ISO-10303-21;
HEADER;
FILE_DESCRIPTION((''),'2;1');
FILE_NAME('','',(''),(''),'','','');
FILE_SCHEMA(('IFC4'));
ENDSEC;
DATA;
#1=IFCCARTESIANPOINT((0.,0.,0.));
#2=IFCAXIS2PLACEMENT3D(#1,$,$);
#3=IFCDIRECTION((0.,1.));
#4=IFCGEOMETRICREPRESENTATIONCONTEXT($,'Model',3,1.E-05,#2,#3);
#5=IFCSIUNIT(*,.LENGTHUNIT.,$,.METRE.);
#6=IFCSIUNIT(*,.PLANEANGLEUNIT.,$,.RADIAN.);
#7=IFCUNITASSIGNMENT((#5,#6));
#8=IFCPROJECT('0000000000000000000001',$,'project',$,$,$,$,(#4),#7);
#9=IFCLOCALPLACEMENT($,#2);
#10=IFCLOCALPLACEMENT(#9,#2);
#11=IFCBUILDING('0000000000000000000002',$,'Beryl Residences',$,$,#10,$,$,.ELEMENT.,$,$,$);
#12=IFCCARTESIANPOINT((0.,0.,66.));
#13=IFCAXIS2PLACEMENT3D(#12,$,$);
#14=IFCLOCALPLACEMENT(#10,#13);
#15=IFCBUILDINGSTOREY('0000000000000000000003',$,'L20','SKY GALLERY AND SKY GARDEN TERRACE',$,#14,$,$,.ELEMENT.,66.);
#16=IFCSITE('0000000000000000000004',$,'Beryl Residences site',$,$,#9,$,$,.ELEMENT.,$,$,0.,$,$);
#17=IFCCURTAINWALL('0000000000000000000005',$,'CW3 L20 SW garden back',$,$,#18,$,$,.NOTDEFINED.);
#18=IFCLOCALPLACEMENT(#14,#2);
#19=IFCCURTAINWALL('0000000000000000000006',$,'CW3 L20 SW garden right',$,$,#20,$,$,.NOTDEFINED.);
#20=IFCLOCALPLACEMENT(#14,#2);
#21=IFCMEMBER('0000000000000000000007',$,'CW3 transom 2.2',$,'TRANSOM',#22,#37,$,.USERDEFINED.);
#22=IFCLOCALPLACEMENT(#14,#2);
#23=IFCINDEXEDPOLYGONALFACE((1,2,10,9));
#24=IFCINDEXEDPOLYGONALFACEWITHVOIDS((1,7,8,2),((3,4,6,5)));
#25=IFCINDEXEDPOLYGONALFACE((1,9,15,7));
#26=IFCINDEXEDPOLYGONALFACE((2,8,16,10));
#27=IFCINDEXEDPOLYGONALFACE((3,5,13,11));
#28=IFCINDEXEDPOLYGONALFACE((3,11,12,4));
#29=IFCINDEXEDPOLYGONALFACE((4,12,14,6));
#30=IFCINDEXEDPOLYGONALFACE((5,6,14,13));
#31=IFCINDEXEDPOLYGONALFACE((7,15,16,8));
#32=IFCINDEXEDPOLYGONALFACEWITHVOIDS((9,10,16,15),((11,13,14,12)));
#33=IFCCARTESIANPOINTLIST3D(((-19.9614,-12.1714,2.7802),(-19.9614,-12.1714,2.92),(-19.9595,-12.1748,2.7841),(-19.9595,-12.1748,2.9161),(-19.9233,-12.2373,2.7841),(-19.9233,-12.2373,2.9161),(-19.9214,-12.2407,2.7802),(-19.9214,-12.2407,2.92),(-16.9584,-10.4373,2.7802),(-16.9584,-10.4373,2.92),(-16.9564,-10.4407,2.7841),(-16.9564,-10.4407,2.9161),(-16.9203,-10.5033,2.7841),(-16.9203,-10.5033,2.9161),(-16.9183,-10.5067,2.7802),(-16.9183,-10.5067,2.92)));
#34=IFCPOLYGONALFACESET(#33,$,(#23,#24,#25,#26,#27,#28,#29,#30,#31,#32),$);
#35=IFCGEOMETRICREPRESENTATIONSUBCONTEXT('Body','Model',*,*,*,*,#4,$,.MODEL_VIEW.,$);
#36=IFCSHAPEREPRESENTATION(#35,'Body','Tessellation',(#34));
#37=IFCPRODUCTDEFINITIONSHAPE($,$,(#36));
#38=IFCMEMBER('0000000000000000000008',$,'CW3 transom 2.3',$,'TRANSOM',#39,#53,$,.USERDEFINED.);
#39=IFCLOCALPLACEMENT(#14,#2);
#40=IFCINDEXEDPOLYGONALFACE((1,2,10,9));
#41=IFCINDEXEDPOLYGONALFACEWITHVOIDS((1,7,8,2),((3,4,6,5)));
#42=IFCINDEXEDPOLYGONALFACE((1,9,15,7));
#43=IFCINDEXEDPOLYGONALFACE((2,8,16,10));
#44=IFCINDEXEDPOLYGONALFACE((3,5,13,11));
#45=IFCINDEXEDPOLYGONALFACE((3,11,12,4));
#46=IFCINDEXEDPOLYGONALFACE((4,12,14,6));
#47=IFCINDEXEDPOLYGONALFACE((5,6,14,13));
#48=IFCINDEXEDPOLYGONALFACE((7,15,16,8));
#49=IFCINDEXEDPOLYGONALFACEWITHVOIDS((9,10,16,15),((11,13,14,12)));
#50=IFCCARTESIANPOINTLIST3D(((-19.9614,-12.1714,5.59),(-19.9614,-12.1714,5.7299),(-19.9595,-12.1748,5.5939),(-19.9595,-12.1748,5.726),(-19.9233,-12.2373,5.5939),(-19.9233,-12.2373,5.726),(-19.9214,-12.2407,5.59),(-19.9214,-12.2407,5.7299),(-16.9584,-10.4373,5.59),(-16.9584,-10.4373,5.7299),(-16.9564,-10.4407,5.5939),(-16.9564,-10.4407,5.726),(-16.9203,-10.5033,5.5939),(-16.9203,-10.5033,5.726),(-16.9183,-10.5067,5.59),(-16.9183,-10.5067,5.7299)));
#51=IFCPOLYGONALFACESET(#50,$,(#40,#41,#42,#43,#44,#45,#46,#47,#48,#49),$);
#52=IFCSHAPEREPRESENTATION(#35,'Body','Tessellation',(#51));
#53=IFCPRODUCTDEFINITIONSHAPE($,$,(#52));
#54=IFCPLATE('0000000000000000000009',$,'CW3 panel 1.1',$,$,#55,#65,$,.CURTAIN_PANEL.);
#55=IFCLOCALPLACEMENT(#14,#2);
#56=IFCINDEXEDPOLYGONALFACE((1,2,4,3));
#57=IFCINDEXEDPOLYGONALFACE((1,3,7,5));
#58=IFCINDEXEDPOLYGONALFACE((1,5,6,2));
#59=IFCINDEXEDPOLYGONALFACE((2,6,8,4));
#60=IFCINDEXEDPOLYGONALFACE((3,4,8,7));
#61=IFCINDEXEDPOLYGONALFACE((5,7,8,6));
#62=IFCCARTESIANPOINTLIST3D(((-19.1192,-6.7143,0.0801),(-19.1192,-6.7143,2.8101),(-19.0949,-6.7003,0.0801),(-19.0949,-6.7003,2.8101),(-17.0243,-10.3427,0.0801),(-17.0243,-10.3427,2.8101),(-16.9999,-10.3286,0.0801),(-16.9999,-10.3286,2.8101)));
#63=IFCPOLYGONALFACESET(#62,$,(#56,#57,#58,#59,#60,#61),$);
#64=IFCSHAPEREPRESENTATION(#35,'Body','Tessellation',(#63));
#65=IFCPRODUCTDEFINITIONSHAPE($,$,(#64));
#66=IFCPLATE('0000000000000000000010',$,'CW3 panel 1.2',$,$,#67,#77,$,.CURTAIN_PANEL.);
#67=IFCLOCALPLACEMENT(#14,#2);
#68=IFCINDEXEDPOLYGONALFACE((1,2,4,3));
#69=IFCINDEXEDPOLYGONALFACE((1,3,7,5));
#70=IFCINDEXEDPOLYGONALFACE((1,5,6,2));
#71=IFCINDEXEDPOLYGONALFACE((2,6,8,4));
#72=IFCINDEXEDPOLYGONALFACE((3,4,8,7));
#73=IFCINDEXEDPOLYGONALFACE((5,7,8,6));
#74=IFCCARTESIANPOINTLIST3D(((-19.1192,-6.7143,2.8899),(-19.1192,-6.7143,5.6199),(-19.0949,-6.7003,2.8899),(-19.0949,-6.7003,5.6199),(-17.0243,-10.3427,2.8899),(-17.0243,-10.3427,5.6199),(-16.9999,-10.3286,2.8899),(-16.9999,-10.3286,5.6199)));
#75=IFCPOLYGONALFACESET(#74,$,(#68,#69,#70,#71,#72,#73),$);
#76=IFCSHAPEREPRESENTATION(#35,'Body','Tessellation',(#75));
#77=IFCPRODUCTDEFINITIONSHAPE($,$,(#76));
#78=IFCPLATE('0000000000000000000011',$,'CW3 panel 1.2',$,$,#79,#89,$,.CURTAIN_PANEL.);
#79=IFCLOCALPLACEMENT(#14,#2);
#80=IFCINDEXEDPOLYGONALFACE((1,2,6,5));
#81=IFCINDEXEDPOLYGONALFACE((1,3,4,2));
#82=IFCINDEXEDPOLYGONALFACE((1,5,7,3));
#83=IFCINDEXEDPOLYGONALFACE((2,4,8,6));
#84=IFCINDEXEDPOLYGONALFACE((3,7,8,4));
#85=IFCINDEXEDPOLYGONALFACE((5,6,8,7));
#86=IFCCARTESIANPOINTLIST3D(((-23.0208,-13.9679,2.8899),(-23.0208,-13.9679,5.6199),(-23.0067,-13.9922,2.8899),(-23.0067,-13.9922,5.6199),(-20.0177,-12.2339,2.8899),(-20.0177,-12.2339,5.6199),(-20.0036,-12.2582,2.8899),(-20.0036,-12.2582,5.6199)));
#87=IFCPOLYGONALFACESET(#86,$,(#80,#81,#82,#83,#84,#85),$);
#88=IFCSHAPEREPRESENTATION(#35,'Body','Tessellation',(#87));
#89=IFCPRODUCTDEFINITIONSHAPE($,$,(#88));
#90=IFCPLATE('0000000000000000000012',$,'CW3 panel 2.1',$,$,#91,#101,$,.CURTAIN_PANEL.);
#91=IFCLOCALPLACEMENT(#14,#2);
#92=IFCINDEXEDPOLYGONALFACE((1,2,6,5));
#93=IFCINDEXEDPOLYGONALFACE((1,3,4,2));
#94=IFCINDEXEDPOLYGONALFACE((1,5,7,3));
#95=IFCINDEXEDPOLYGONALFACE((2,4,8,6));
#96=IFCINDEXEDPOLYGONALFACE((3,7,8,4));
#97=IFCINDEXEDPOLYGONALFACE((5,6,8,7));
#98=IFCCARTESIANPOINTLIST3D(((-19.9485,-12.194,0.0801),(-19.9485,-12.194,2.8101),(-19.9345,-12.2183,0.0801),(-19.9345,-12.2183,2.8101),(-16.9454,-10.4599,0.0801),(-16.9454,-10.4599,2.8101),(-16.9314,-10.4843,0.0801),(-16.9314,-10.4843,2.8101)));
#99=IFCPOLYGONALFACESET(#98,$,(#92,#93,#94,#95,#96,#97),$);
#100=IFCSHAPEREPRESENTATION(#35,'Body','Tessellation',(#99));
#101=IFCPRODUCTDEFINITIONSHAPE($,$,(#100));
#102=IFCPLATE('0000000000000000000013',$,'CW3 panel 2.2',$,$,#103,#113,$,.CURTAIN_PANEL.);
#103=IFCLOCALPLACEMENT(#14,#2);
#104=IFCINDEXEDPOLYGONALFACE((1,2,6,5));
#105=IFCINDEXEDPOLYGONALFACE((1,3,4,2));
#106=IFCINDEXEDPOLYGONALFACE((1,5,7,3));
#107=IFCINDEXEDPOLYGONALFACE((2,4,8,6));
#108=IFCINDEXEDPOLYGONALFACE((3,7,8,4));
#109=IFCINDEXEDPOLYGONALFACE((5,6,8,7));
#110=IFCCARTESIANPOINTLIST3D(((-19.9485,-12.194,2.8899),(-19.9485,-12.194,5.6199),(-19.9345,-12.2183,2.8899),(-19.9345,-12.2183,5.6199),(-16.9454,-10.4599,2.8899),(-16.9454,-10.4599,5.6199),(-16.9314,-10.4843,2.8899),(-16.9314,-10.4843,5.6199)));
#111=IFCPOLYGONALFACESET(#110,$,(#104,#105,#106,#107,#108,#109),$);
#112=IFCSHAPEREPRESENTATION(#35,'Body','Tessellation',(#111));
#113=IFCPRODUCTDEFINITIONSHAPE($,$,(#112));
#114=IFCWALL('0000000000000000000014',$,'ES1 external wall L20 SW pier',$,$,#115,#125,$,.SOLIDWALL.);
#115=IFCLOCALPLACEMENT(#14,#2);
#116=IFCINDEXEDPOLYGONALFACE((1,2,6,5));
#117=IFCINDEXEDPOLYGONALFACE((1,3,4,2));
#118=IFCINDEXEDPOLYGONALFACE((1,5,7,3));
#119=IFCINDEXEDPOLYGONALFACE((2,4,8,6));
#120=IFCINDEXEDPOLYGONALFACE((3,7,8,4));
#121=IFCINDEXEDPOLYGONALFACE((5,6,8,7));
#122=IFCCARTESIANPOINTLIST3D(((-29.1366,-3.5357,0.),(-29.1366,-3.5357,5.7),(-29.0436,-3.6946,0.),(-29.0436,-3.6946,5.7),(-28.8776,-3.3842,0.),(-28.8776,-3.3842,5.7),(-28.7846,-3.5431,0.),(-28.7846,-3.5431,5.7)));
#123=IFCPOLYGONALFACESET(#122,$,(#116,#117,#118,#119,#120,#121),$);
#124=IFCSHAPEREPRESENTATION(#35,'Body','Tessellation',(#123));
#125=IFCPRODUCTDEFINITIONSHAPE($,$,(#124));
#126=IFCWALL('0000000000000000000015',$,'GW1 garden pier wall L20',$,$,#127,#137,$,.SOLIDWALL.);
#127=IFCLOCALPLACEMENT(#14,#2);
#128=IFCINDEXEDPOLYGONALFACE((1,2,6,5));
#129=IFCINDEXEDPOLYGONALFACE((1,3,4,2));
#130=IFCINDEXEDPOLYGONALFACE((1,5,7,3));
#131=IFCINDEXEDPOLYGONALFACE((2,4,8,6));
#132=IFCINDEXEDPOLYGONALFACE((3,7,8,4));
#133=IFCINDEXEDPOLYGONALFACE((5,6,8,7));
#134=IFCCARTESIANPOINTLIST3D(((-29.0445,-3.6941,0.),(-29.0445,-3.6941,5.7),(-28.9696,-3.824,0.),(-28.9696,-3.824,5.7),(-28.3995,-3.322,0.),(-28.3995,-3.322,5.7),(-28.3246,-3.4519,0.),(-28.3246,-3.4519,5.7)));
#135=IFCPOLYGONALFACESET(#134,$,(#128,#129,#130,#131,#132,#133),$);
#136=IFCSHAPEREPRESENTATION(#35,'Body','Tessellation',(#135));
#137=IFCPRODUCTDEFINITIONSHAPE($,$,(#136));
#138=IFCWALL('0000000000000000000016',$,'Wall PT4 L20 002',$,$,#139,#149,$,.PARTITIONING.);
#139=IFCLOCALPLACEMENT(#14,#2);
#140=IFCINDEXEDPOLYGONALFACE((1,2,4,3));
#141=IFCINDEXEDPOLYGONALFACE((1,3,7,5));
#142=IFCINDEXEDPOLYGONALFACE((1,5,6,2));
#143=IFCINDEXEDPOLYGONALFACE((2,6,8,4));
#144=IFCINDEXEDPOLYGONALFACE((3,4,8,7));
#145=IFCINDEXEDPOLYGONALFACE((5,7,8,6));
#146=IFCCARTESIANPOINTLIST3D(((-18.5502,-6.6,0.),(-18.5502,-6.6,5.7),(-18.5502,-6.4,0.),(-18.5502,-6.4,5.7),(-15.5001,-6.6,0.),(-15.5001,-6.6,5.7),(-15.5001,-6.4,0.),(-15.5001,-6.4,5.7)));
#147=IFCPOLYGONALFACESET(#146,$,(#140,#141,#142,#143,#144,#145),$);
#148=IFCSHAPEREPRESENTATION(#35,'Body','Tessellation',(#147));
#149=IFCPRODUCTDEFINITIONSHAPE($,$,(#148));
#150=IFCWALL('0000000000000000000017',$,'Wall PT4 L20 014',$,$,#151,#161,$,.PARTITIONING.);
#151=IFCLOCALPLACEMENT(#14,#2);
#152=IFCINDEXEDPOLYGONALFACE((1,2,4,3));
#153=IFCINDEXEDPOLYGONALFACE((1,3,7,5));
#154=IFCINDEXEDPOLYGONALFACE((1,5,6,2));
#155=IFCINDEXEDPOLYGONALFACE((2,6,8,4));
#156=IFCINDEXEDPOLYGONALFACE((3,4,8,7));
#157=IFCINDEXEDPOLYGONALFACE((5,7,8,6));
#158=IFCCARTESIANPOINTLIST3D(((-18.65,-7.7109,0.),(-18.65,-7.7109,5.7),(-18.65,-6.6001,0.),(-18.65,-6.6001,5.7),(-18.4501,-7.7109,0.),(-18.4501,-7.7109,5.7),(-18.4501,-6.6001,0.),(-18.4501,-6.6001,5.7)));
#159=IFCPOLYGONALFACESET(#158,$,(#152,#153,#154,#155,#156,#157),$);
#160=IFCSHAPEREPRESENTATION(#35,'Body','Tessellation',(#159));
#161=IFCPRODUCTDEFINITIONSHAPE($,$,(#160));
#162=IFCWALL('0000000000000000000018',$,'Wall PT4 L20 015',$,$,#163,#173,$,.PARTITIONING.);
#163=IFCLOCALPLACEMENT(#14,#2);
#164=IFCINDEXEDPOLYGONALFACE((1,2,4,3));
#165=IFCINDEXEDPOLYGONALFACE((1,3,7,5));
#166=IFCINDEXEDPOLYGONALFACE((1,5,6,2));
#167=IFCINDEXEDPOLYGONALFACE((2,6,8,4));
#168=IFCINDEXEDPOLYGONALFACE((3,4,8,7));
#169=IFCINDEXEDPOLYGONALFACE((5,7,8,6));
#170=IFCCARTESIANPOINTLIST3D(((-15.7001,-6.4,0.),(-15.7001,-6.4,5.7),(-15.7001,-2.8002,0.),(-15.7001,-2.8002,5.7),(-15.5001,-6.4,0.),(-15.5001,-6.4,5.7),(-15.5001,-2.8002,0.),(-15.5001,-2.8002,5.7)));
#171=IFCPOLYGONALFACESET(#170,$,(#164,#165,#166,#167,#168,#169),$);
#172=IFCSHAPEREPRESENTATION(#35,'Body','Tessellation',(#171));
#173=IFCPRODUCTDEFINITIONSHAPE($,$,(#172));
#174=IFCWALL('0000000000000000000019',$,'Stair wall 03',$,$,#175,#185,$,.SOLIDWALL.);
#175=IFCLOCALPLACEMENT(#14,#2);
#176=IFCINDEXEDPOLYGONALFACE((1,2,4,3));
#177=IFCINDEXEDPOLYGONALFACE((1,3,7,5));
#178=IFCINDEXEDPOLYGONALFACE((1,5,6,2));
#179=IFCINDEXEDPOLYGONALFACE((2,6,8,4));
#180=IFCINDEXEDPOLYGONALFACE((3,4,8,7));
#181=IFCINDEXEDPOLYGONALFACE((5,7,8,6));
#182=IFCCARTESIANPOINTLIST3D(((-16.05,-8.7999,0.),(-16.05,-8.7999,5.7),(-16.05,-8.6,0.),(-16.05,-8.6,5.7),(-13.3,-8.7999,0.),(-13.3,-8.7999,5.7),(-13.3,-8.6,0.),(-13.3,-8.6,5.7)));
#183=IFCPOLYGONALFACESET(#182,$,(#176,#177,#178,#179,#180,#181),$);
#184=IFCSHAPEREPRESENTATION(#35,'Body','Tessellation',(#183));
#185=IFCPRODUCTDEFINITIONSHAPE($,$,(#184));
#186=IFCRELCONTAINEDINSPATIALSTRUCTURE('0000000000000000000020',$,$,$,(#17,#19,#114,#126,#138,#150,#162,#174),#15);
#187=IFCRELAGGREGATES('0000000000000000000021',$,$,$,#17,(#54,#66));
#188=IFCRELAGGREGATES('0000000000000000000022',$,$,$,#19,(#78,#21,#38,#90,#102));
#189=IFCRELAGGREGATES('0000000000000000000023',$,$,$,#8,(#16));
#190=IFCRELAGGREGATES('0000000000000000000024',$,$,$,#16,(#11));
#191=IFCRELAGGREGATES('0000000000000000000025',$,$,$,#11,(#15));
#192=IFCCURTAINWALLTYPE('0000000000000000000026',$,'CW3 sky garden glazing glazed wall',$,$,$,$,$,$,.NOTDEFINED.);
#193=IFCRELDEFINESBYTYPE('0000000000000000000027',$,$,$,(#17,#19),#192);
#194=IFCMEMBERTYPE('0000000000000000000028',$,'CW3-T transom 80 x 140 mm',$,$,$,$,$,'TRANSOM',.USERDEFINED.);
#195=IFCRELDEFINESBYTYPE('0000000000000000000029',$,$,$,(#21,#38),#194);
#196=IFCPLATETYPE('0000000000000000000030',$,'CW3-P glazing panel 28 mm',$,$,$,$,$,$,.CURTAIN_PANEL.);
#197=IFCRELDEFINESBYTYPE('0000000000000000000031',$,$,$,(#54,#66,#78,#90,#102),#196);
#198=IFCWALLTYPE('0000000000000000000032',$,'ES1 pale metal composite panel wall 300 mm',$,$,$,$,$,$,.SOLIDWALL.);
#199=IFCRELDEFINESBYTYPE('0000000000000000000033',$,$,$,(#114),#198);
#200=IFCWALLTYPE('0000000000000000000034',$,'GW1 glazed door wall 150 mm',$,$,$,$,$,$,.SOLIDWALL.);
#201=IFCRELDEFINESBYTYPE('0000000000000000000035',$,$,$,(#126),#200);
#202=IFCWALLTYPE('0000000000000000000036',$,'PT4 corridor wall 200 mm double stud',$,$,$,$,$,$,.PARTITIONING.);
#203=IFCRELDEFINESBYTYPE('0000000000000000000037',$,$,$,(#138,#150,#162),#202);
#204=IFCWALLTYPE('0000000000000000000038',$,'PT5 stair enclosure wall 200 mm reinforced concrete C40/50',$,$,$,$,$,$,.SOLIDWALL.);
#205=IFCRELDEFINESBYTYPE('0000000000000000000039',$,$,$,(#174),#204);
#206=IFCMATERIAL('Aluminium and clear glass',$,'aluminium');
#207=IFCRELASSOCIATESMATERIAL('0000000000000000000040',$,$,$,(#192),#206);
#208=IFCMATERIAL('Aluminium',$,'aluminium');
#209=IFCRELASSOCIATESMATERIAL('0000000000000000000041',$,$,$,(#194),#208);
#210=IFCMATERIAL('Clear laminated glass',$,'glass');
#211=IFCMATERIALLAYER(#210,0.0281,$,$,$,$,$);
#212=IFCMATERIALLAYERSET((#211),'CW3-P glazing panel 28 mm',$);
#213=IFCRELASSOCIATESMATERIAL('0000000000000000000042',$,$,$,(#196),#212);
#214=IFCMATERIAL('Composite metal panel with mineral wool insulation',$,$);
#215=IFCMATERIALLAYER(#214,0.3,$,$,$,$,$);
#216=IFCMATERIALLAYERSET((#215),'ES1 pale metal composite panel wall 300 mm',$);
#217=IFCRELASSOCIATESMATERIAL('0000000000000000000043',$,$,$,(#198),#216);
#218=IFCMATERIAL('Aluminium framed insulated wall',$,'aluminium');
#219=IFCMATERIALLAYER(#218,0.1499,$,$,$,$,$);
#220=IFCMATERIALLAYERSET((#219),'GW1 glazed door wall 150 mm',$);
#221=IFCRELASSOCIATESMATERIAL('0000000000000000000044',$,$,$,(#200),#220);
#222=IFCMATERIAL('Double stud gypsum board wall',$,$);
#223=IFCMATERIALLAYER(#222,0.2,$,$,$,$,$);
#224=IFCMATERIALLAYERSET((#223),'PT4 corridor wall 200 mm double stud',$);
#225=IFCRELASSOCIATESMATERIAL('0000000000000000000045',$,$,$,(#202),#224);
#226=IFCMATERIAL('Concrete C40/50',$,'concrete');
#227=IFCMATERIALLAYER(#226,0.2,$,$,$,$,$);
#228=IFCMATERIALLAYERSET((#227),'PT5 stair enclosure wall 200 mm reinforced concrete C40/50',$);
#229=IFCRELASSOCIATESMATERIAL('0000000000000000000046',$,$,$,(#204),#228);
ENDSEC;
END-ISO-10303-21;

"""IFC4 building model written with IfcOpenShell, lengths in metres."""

from ifc_helpers import new_model, si_unit, direction, frame, frame_2d, origin, origin_2d, place, context, subcontext, project, spatial, rectangle, hollow_rectangle, extrude, material, layer, layer_set, material_profile, profile_set, type_object, element, aggregate, save


model = new_model("IFC4")

# Units and contexts
model_context = context("Model", 3, precision=1e-05, world=origin(), true_north=direction((0.0, 1.0)))
body_context = subcontext(model_context, "Body", "Model", "MODEL_VIEW")
ifc_project = project(units=[si_unit("LENGTHUNIT", "METRE"), si_unit("PLANEANGLEUNIT", "RADIAN")], contexts=[model_context])

# Site, building, storey
site_placement = place(None, origin())
site = spatial("IfcSite", under=ifc_project, at=site_placement, Name="Beryl Residences site", CompositionType="ELEMENT", RefElevation=0.0)
building_placement = place(site_placement, origin())
building = spatial("IfcBuilding", under=site, at=building_placement, Name="Beryl Residences", CompositionType="ELEMENT")
storey_placement = place(building_placement, frame((0.0, 0.0, 66.0)))
storey = spatial("IfcBuildingStorey", under=building, at=storey_placement, Name="L20", Description="SKY GALLERY AND SKY GARDEN TERRACE", CompositionType="ELEMENT", Elevation=66.0)

# Shared definitions
ifc_material_1 = material(Name="Aluminium and clear glass", Category="aluminium")
curtain_wall_type = type_object("IfcCurtainWallType", Name="CW3 sky garden glazing glazed wall", PredefinedType="NOTDEFINED", material=ifc_material_1)

# Curtain walls
curtain_wall_1_placement = place(storey_placement, origin())
curtain_wall_1 = element("IfcCurtainWall", 1, at=curtain_wall_1_placement, inside=storey, type_object=curtain_wall_type, Name="CW3 L20 SW garden back", PredefinedType="NOTDEFINED")
curtain_wall_2_placement = place(storey_placement, origin())
curtain_wall_2 = element("IfcCurtainWall", 2, at=curtain_wall_2_placement, inside=storey, type_object=curtain_wall_type, Name="CW3 L20 SW garden right", PredefinedType="NOTDEFINED")

# Members
ifc_material_2 = material(Name="Aluminium", Category="aluminium")
ifc_material_profile_1 = material_profile(ifc_material_2, hollow_rectangle(XDim=0.0801, YDim=0.1399, WallThickness=0.0039, at=origin_2d()))
ifc_profile_set_1 = profile_set([ifc_material_profile_1], Name="Aluminium")
member_type_1 = type_object("IfcMemberType", Name="CW3-T transom 80 x 140 mm", ElementType="TRANSOM", PredefinedType="USERDEFINED", material=ifc_profile_set_1)
member_1_placement = place(storey_placement, frame((-19.9414, -12.2061, 2.8501), z_axis=(0.865994, 0.500054, 0.0), x_axis=(-0.500054, 0.865994, 0.0)))
member_1 = element("IfcMember", 3, at=member_1_placement, type_object=member_type_1, Name="CW3 transom 2.2", ObjectType="TRANSOM", PredefinedType="USERDEFINED", context=body_context, shape_type="SweptSolid", body=[
    extrude(hollow_rectangle(XDim=0.0801, YDim=0.1399, WallThickness=0.0039, at=origin_2d()), origin(), (0.0, 0.0, 1.0), 3.4678),
])
member_2_placement = place(storey_placement, frame((-19.9414, -12.2061, 5.6599), z_axis=(0.865994, 0.500054, 0.0), x_axis=(-0.500054, 0.865994, 0.0)))
member_2 = element("IfcMember", 4, at=member_2_placement, type_object=member_type_1, Name="CW3 transom 2.3", ObjectType="TRANSOM", PredefinedType="USERDEFINED", context=body_context, shape_type="SweptSolid", body=[
    extrude(hollow_rectangle(XDim=0.0801, YDim=0.1399, WallThickness=0.0039, at=origin_2d()), origin(), (0.0, 0.0, 1.0), 3.4678),
])

# Plates
ifc_material_3 = material(Name="Clear laminated glass", Category="glass")
ifc_layer_1 = layer(ifc_material_3, 0.0281)
ifc_layer_set_1 = layer_set([ifc_layer_1], Name="CW3-P glazing panel 28 mm")
plate_type = type_object("IfcPlateType", Name="CW3-P glazing panel 28 mm", PredefinedType="CURTAIN_PANEL", material=ifc_layer_set_1)
plate_1_placement = place(storey_placement, frame((-18.0596, -8.5215, 0.0801), z_axis=(0.0, 0.0, 1.0), x_axis=(0.500021, -0.866013, 0.0)))
plate_1 = element("IfcPlate", 5, at=plate_1_placement, type_object=plate_type, Name="CW3 panel 1.1", PredefinedType="CURTAIN_PANEL", context=body_context, shape_type="SweptSolid", body=[
    extrude(rectangle(XDim=4.1897, YDim=0.0281, at=origin_2d()), origin(), (0.0, 0.0, 1.0), 2.73),
])
plate_2_placement = place(storey_placement, frame((-18.0596, -8.5215, 2.8899), z_axis=(0.0, 0.0, 1.0), x_axis=(0.500021, -0.866013, 0.0)))
plate_2 = element("IfcPlate", 6, at=plate_2_placement, type_object=plate_type, Name="CW3 panel 1.2", PredefinedType="CURTAIN_PANEL", context=body_context, shape_type="SweptSolid", body=[
    extrude(rectangle(XDim=4.1897, YDim=0.0281, at=origin_2d()), origin(), (0.0, 0.0, 1.0), 2.73),
])
aggregate(curtain_wall_1, [plate_1, plate_2])
plate_3_placement = place(storey_placement, frame((-21.5122, -13.113, 2.8899), z_axis=(0.0, 0.0, 1.0), x_axis=(0.866005, 0.500036, 0.0)))
plate_3 = element("IfcPlate", 7, at=plate_3_placement, type_object=plate_type, Name="CW3 panel 1.2", PredefinedType="CURTAIN_PANEL", context=body_context, shape_type="SweptSolid", body=[
    extrude(rectangle(XDim=3.4678, YDim=0.0281, at=origin_2d()), origin(), (0.0, 0.0, 1.0), 2.73),
])
plate_4_placement = place(storey_placement, frame((-18.4399, -11.3391, 0.0801), z_axis=(0.0, 0.0, 1.0), x_axis=(0.866005, 0.500036, 0.0)))
plate_4 = element("IfcPlate", 8, at=plate_4_placement, type_object=plate_type, Name="CW3 panel 2.1", PredefinedType="CURTAIN_PANEL", context=body_context, shape_type="SweptSolid", body=[
    extrude(rectangle(XDim=3.4678, YDim=0.0281, at=origin_2d()), origin(), (0.0, 0.0, 1.0), 2.73),
])
plate_5_placement = place(storey_placement, frame((-18.4399, -11.3391, 2.8899), z_axis=(0.0, 0.0, 1.0), x_axis=(0.866005, 0.500036, 0.0)))
plate_5 = element("IfcPlate", 9, at=plate_5_placement, type_object=plate_type, Name="CW3 panel 2.2", PredefinedType="CURTAIN_PANEL", context=body_context, shape_type="SweptSolid", body=[
    extrude(rectangle(XDim=3.4678, YDim=0.0281, at=origin_2d()), origin(), (0.0, 0.0, 1.0), 2.73),
])
aggregate(curtain_wall_2, [plate_3, member_1, member_2, plate_4, plate_5])

# Wall
ifc_material_4 = material(Name="Composite metal panel with mineral wool insulation")
ifc_layer_2 = layer(ifc_material_4, 0.3)
ifc_layer_set_2 = layer_set([ifc_layer_2], Name="ES1 pale metal composite panel wall 300 mm")
wall_type_1 = type_object("IfcWallType", Name="ES1 pale metal composite panel wall 300 mm", PredefinedType="SOLIDWALL", material=ifc_layer_set_2)
wall_1_placement = place(storey_placement, frame((-29.0071, -3.46, 0.0), z_axis=(0.0, 0.0, 1.0), x_axis=(0.505107, -0.863057, 0.0)))
element("IfcWall", 10, at=wall_1_placement, inside=storey, type_object=wall_type_1, Name="ES1 external wall L20 SW pier", PredefinedType="SOLIDWALL", context=body_context, shape_type="SweptSolid", body=[
    extrude(rectangle(XDim=0.1841, YDim=0.3, at=frame_2d((0.092, 0.0))), origin(), (0.0, 0.0, 1.0), 5.7),
])

# Shared definitions
ifc_material_5 = material(Name="Aluminium framed insulated wall", Category="aluminium")
ifc_layer_3 = layer(ifc_material_5, 0.1499)
ifc_layer_set_3 = layer_set([ifc_layer_3], Name="GW1 glazed door wall 150 mm")
wall_type_2 = type_object("IfcWallType", Name="GW1 glazed door wall 150 mm", PredefinedType="SOLIDWALL", material=ifc_layer_set_3)

# Walls
wall_2_placement = place(storey_placement, frame((-29.0071, -3.759, 0.0), z_axis=(0.0, 0.0, 1.0), x_axis=(0.866218, 0.499666, 0.0)))
element("IfcWall", 11, at=wall_2_placement, inside=storey, type_object=wall_type_2, Name="GW1 garden pier wall L20", PredefinedType="SOLIDWALL", context=body_context, shape_type="SweptSolid", body=[
    extrude(rectangle(XDim=0.7446, YDim=0.1499, at=frame_2d((0.3723, 0.0))), origin(), (0.0, 0.0, 1.0), 5.7),
])
ifc_material_6 = material(Name="Double stud gypsum board wall")
ifc_layer_4 = layer(ifc_material_6, 0.2)
ifc_layer_set_4 = layer_set([ifc_layer_4], Name="PT4 corridor wall 200 mm double stud")
wall_type_3 = type_object("IfcWallType", Name="PT4 corridor wall 200 mm double stud", PredefinedType="PARTITIONING", material=ifc_layer_set_4)
wall_3_placement = place(storey_placement, frame((-18.55, -6.5, 0.0), z_axis=(0.0, 0.0, 1.0), x_axis=(1.0, 0.0, 0.0)))
element("IfcWall", 12, at=wall_3_placement, inside=storey, type_object=wall_type_3, Name="Wall PT4 L20 002", PredefinedType="PARTITIONING", context=body_context, shape_type="SweptSolid", body=[
    extrude(rectangle(XDim=3.05, YDim=0.2, at=frame_2d((1.5249, 0.0))), origin(), (0.0, 0.0, 1.0), 5.7),
])
wall_4_placement = place(storey_placement, frame((-18.55, -7.7109, 0.0), z_axis=(0.0, 0.0, 1.0), x_axis=(0.0, 1.0, 0.0)))
element("IfcWall", 13, at=wall_4_placement, inside=storey, type_object=wall_type_3, Name="Wall PT4 L20 014", PredefinedType="PARTITIONING", context=body_context, shape_type="SweptSolid", body=[
    extrude(rectangle(XDim=1.1108, YDim=0.2, at=frame_2d((0.5554, 0.0))), origin(), (0.0, 0.0, 1.0), 5.7),
])
wall_5_placement = place(storey_placement, frame((-15.6001, -6.3999, 0.0), z_axis=(0.0, 0.0, 1.0), x_axis=(0.0, 1.0, 0.0)))
element("IfcWall", 14, at=wall_5_placement, inside=storey, type_object=wall_type_3, Name="Wall PT4 L20 015", PredefinedType="PARTITIONING", context=body_context, shape_type="SweptSolid", body=[
    extrude(rectangle(XDim=3.5999, YDim=0.2, at=frame_2d((1.7998, 0.0))), origin(), (0.0, 0.0, 1.0), 5.7),
])
ifc_material_7 = material(Name="Concrete C40/50", Category="concrete")
ifc_layer_5 = layer(ifc_material_7, 0.2)
ifc_layer_set_5 = layer_set([ifc_layer_5], Name="PT5 stair enclosure wall 200 mm reinforced concrete C40/50")
wall_type_4 = type_object("IfcWallType", Name="PT5 stair enclosure wall 200 mm reinforced concrete C40/50", PredefinedType="SOLIDWALL", material=ifc_layer_set_5)
wall_6_placement = place(storey_placement, frame((-16.05, -8.7, 0.0), z_axis=(0.0, 0.0, 1.0), x_axis=(1.0, 0.0, 0.0)))
element("IfcWall", 15, at=wall_6_placement, inside=storey, type_object=wall_type_4, Name="Stair wall 03", PredefinedType="SOLIDWALL", context=body_context, shape_type="SweptSolid", body=[
    extrude(rectangle(XDim=2.75, YDim=0.2, at=frame_2d((1.375, 0.0))), origin(), (0.0, 0.0, 1.0), 5.7),
])

save(model, "model.ifc")
